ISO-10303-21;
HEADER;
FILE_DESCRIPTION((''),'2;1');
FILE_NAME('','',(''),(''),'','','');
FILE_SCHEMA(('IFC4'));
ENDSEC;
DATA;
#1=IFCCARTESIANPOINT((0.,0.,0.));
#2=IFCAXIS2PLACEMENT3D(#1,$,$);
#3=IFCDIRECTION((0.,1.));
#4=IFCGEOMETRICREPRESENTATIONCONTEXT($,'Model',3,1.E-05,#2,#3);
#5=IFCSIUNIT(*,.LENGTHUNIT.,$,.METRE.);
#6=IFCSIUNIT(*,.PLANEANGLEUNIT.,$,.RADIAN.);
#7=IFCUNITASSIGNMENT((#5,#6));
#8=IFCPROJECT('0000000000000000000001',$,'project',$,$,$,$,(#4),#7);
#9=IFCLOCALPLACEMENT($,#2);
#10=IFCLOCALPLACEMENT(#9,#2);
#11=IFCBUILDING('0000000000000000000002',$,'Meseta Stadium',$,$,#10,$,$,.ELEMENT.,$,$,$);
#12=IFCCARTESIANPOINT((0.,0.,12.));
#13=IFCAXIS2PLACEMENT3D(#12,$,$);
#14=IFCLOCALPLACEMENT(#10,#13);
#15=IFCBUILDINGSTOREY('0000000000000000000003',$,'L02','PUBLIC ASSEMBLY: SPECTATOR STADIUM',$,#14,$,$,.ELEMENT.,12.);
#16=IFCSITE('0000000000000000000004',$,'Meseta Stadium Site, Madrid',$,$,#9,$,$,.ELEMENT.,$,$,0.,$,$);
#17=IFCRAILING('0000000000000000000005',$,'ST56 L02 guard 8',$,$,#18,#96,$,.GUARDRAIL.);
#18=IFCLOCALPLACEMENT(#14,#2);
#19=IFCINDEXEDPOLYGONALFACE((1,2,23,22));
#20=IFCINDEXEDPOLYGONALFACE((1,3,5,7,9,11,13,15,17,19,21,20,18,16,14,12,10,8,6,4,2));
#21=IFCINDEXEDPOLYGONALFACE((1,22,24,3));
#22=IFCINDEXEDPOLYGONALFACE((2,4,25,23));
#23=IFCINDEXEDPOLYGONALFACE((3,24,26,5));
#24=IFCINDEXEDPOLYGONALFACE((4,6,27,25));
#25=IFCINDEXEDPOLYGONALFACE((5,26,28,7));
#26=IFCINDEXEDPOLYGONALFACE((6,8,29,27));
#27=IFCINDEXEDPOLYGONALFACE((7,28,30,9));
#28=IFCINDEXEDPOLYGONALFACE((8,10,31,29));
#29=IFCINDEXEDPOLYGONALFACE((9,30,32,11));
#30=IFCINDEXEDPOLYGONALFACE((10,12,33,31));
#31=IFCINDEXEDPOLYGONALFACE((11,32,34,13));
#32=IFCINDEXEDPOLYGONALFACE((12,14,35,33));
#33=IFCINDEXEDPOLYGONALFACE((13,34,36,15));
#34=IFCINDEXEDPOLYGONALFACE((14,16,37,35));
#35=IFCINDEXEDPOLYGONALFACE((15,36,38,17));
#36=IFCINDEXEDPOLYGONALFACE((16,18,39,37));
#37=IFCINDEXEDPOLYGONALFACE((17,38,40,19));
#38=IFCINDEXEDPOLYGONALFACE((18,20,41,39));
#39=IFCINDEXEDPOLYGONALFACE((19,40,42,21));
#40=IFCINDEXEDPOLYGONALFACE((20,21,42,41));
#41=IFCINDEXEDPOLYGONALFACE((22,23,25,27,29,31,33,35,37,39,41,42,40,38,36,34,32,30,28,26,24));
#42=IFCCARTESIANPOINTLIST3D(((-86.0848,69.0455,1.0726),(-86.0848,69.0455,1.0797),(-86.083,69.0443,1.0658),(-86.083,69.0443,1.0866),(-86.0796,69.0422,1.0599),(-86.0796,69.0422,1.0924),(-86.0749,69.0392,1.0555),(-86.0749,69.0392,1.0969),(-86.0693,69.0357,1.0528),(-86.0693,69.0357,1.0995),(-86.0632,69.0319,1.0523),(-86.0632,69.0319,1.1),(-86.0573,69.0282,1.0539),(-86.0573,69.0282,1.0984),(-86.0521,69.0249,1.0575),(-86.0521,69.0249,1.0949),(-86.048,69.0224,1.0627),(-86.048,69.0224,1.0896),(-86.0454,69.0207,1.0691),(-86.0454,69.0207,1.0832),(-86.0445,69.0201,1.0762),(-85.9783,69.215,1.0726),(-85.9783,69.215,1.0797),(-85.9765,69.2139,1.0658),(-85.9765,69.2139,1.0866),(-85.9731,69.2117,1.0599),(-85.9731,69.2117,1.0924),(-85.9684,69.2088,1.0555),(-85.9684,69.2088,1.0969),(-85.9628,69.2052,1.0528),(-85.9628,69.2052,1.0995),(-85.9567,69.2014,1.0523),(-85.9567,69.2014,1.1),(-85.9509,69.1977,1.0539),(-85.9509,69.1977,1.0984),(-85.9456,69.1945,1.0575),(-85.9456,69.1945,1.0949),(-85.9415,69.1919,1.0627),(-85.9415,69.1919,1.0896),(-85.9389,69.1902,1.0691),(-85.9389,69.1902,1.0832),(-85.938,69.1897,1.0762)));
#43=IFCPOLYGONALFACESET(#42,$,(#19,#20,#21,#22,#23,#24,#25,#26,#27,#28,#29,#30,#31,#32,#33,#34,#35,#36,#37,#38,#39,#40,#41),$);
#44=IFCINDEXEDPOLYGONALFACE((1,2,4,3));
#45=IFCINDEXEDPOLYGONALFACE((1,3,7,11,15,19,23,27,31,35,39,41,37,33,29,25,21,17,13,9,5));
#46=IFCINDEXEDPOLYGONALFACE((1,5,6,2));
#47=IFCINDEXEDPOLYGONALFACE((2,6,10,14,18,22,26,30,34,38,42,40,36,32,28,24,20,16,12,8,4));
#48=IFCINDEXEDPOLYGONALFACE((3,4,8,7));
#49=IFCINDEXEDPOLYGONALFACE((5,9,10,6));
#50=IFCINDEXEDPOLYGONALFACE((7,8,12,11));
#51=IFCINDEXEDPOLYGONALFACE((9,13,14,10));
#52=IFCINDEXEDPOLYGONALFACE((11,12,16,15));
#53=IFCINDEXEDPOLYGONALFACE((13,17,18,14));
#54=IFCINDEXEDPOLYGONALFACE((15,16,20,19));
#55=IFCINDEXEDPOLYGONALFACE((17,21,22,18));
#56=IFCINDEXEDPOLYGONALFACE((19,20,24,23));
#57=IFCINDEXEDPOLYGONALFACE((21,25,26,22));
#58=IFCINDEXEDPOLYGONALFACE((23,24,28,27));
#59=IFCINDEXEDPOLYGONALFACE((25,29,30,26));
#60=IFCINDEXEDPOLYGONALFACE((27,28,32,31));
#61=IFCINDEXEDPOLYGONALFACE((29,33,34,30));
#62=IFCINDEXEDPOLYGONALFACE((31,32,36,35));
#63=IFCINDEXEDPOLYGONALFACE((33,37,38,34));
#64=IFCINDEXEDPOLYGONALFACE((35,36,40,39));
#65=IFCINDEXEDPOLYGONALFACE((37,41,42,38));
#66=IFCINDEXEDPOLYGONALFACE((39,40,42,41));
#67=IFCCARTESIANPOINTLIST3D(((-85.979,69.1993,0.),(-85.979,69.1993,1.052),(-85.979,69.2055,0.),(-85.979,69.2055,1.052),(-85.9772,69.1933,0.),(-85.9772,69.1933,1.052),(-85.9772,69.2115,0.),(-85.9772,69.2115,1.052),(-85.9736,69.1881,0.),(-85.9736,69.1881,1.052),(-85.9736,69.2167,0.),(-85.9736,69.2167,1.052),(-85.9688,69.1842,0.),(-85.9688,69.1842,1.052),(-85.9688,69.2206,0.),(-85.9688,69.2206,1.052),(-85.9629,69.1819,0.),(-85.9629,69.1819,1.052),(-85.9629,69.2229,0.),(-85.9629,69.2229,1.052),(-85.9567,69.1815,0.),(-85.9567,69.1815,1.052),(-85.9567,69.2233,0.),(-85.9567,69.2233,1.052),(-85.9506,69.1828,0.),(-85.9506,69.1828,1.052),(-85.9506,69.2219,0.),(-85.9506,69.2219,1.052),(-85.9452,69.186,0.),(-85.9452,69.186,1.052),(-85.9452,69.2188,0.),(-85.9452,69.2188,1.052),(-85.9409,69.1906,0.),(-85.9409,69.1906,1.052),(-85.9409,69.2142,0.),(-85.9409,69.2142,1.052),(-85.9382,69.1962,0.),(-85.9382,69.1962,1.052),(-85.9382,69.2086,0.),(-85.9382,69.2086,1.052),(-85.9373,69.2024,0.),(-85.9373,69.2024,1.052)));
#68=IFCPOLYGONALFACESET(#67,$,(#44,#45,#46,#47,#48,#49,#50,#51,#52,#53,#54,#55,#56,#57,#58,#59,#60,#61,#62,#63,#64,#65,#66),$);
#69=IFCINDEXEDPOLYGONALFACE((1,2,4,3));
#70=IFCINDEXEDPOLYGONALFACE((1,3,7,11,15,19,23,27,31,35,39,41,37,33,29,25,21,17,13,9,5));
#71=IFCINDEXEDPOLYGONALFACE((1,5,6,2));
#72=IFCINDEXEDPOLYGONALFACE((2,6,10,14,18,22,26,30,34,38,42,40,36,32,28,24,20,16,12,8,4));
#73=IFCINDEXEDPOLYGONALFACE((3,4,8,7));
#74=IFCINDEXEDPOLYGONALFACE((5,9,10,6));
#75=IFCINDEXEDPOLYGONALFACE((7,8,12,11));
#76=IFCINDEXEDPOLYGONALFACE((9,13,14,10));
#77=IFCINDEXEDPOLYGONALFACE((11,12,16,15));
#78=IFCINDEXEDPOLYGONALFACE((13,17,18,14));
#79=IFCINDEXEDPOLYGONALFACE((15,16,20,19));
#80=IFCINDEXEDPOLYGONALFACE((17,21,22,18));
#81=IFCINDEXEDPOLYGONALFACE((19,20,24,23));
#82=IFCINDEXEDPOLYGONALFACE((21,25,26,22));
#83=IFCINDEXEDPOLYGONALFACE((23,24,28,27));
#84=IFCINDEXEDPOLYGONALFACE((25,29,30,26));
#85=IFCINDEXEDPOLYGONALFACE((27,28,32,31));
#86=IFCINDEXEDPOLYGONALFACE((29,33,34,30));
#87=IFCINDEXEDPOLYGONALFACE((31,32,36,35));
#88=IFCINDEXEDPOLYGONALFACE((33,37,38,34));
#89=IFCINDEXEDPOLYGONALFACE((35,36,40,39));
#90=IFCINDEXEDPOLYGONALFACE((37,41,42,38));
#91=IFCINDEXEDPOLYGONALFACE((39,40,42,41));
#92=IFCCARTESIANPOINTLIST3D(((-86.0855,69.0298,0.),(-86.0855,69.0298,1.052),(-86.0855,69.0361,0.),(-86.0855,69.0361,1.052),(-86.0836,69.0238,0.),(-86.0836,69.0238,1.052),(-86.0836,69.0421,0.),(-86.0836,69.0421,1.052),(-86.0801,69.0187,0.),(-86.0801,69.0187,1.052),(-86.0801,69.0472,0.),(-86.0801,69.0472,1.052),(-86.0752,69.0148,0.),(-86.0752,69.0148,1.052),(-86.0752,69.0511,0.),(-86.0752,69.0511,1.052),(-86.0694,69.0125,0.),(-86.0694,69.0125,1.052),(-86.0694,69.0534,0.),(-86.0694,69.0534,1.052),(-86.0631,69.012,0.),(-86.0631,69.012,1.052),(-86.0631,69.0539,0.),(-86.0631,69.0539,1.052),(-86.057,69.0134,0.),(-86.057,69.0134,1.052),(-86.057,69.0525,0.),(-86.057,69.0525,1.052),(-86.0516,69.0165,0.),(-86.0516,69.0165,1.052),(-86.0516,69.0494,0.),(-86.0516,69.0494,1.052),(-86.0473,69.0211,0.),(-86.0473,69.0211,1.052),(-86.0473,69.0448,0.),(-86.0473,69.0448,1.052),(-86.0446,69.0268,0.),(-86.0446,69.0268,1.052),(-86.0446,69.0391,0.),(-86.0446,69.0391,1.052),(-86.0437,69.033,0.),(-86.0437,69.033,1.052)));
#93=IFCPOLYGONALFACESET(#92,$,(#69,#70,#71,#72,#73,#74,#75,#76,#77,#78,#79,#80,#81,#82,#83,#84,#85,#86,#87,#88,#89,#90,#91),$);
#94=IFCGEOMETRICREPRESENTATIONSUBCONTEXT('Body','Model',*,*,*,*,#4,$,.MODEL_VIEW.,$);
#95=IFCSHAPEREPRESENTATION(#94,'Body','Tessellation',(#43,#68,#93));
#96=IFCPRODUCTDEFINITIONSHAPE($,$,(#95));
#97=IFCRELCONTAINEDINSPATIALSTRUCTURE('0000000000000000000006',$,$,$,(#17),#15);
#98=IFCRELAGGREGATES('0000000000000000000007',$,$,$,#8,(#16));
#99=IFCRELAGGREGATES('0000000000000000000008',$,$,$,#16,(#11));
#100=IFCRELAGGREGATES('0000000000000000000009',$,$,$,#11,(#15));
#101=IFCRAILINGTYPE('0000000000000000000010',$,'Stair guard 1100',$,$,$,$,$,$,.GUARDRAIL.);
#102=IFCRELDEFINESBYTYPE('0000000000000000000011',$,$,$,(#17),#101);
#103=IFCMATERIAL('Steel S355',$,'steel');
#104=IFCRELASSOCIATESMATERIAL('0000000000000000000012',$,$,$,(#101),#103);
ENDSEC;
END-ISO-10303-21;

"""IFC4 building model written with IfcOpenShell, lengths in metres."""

from ifc_helpers import new_model, si_unit, direction, frame, origin, origin_2d, place, context, subcontext, project, spatial, circle, extrude, material, type_object, element, save


model = new_model("IFC4")

# Units and contexts
model_context = context("Model", 3, precision=1e-05, world=origin(), true_north=direction((0.0, 1.0)))
body_context = subcontext(model_context, "Body", "Model", "MODEL_VIEW")
ifc_project = project(units=[si_unit("LENGTHUNIT", "METRE"), si_unit("PLANEANGLEUNIT", "RADIAN")], contexts=[model_context])

# Site, building, storey
site_placement = place(None, origin())
site = spatial("IfcSite", under=ifc_project, at=site_placement, Name="Meseta Stadium Site, Madrid", CompositionType="ELEMENT", RefElevation=0.0)
building_placement = place(site_placement, origin())
building = spatial("IfcBuilding", under=site, at=building_placement, Name="Meseta Stadium", CompositionType="ELEMENT")
storey_placement = place(building_placement, frame((0.0, 0.0, 12.0)))
storey = spatial("IfcBuildingStorey", under=building, at=storey_placement, Name="L02", Description="PUBLIC ASSEMBLY: SPECTATOR STADIUM", CompositionType="ELEMENT", Elevation=12.0)

# Railing
ifc_material_1 = material(Name="Steel S355", Category="steel")
railing_type_1 = type_object("IfcRailingType", Name="Stair guard 1100", PredefinedType="GUARDRAIL", material=ifc_material_1)
railing_1_placement = place(storey_placement, frame((-85.9583, 69.2024, 0.0)))
element("IfcRailing", 1, at=railing_1_placement, inside=storey, type_object=railing_type_1, Name="ST56 L02 guard 8", PredefinedType="GUARDRAIL", context=body_context, shape_type="SweptSolid", body=[
    extrude(circle(Radius=0.0239, at=origin_2d()), frame((0.0, 0.0, 1.0762), z_axis=(-0.531972, -0.846762, 0.0), x_axis=(0.846762, -0.531972, 0.0)), (0.0, 0.0, 1.0), 0.2002),
    extrude(circle(Radius=0.021, at=origin_2d()), origin(), (0.0, 0.0, 1.0), 1.052),
    extrude(circle(Radius=0.021, at=origin_2d()), frame((-0.1064, -0.1694, 0.0)), (0.0, 0.0, 1.0), 1.052),
])

save(model, "model.ifc")
